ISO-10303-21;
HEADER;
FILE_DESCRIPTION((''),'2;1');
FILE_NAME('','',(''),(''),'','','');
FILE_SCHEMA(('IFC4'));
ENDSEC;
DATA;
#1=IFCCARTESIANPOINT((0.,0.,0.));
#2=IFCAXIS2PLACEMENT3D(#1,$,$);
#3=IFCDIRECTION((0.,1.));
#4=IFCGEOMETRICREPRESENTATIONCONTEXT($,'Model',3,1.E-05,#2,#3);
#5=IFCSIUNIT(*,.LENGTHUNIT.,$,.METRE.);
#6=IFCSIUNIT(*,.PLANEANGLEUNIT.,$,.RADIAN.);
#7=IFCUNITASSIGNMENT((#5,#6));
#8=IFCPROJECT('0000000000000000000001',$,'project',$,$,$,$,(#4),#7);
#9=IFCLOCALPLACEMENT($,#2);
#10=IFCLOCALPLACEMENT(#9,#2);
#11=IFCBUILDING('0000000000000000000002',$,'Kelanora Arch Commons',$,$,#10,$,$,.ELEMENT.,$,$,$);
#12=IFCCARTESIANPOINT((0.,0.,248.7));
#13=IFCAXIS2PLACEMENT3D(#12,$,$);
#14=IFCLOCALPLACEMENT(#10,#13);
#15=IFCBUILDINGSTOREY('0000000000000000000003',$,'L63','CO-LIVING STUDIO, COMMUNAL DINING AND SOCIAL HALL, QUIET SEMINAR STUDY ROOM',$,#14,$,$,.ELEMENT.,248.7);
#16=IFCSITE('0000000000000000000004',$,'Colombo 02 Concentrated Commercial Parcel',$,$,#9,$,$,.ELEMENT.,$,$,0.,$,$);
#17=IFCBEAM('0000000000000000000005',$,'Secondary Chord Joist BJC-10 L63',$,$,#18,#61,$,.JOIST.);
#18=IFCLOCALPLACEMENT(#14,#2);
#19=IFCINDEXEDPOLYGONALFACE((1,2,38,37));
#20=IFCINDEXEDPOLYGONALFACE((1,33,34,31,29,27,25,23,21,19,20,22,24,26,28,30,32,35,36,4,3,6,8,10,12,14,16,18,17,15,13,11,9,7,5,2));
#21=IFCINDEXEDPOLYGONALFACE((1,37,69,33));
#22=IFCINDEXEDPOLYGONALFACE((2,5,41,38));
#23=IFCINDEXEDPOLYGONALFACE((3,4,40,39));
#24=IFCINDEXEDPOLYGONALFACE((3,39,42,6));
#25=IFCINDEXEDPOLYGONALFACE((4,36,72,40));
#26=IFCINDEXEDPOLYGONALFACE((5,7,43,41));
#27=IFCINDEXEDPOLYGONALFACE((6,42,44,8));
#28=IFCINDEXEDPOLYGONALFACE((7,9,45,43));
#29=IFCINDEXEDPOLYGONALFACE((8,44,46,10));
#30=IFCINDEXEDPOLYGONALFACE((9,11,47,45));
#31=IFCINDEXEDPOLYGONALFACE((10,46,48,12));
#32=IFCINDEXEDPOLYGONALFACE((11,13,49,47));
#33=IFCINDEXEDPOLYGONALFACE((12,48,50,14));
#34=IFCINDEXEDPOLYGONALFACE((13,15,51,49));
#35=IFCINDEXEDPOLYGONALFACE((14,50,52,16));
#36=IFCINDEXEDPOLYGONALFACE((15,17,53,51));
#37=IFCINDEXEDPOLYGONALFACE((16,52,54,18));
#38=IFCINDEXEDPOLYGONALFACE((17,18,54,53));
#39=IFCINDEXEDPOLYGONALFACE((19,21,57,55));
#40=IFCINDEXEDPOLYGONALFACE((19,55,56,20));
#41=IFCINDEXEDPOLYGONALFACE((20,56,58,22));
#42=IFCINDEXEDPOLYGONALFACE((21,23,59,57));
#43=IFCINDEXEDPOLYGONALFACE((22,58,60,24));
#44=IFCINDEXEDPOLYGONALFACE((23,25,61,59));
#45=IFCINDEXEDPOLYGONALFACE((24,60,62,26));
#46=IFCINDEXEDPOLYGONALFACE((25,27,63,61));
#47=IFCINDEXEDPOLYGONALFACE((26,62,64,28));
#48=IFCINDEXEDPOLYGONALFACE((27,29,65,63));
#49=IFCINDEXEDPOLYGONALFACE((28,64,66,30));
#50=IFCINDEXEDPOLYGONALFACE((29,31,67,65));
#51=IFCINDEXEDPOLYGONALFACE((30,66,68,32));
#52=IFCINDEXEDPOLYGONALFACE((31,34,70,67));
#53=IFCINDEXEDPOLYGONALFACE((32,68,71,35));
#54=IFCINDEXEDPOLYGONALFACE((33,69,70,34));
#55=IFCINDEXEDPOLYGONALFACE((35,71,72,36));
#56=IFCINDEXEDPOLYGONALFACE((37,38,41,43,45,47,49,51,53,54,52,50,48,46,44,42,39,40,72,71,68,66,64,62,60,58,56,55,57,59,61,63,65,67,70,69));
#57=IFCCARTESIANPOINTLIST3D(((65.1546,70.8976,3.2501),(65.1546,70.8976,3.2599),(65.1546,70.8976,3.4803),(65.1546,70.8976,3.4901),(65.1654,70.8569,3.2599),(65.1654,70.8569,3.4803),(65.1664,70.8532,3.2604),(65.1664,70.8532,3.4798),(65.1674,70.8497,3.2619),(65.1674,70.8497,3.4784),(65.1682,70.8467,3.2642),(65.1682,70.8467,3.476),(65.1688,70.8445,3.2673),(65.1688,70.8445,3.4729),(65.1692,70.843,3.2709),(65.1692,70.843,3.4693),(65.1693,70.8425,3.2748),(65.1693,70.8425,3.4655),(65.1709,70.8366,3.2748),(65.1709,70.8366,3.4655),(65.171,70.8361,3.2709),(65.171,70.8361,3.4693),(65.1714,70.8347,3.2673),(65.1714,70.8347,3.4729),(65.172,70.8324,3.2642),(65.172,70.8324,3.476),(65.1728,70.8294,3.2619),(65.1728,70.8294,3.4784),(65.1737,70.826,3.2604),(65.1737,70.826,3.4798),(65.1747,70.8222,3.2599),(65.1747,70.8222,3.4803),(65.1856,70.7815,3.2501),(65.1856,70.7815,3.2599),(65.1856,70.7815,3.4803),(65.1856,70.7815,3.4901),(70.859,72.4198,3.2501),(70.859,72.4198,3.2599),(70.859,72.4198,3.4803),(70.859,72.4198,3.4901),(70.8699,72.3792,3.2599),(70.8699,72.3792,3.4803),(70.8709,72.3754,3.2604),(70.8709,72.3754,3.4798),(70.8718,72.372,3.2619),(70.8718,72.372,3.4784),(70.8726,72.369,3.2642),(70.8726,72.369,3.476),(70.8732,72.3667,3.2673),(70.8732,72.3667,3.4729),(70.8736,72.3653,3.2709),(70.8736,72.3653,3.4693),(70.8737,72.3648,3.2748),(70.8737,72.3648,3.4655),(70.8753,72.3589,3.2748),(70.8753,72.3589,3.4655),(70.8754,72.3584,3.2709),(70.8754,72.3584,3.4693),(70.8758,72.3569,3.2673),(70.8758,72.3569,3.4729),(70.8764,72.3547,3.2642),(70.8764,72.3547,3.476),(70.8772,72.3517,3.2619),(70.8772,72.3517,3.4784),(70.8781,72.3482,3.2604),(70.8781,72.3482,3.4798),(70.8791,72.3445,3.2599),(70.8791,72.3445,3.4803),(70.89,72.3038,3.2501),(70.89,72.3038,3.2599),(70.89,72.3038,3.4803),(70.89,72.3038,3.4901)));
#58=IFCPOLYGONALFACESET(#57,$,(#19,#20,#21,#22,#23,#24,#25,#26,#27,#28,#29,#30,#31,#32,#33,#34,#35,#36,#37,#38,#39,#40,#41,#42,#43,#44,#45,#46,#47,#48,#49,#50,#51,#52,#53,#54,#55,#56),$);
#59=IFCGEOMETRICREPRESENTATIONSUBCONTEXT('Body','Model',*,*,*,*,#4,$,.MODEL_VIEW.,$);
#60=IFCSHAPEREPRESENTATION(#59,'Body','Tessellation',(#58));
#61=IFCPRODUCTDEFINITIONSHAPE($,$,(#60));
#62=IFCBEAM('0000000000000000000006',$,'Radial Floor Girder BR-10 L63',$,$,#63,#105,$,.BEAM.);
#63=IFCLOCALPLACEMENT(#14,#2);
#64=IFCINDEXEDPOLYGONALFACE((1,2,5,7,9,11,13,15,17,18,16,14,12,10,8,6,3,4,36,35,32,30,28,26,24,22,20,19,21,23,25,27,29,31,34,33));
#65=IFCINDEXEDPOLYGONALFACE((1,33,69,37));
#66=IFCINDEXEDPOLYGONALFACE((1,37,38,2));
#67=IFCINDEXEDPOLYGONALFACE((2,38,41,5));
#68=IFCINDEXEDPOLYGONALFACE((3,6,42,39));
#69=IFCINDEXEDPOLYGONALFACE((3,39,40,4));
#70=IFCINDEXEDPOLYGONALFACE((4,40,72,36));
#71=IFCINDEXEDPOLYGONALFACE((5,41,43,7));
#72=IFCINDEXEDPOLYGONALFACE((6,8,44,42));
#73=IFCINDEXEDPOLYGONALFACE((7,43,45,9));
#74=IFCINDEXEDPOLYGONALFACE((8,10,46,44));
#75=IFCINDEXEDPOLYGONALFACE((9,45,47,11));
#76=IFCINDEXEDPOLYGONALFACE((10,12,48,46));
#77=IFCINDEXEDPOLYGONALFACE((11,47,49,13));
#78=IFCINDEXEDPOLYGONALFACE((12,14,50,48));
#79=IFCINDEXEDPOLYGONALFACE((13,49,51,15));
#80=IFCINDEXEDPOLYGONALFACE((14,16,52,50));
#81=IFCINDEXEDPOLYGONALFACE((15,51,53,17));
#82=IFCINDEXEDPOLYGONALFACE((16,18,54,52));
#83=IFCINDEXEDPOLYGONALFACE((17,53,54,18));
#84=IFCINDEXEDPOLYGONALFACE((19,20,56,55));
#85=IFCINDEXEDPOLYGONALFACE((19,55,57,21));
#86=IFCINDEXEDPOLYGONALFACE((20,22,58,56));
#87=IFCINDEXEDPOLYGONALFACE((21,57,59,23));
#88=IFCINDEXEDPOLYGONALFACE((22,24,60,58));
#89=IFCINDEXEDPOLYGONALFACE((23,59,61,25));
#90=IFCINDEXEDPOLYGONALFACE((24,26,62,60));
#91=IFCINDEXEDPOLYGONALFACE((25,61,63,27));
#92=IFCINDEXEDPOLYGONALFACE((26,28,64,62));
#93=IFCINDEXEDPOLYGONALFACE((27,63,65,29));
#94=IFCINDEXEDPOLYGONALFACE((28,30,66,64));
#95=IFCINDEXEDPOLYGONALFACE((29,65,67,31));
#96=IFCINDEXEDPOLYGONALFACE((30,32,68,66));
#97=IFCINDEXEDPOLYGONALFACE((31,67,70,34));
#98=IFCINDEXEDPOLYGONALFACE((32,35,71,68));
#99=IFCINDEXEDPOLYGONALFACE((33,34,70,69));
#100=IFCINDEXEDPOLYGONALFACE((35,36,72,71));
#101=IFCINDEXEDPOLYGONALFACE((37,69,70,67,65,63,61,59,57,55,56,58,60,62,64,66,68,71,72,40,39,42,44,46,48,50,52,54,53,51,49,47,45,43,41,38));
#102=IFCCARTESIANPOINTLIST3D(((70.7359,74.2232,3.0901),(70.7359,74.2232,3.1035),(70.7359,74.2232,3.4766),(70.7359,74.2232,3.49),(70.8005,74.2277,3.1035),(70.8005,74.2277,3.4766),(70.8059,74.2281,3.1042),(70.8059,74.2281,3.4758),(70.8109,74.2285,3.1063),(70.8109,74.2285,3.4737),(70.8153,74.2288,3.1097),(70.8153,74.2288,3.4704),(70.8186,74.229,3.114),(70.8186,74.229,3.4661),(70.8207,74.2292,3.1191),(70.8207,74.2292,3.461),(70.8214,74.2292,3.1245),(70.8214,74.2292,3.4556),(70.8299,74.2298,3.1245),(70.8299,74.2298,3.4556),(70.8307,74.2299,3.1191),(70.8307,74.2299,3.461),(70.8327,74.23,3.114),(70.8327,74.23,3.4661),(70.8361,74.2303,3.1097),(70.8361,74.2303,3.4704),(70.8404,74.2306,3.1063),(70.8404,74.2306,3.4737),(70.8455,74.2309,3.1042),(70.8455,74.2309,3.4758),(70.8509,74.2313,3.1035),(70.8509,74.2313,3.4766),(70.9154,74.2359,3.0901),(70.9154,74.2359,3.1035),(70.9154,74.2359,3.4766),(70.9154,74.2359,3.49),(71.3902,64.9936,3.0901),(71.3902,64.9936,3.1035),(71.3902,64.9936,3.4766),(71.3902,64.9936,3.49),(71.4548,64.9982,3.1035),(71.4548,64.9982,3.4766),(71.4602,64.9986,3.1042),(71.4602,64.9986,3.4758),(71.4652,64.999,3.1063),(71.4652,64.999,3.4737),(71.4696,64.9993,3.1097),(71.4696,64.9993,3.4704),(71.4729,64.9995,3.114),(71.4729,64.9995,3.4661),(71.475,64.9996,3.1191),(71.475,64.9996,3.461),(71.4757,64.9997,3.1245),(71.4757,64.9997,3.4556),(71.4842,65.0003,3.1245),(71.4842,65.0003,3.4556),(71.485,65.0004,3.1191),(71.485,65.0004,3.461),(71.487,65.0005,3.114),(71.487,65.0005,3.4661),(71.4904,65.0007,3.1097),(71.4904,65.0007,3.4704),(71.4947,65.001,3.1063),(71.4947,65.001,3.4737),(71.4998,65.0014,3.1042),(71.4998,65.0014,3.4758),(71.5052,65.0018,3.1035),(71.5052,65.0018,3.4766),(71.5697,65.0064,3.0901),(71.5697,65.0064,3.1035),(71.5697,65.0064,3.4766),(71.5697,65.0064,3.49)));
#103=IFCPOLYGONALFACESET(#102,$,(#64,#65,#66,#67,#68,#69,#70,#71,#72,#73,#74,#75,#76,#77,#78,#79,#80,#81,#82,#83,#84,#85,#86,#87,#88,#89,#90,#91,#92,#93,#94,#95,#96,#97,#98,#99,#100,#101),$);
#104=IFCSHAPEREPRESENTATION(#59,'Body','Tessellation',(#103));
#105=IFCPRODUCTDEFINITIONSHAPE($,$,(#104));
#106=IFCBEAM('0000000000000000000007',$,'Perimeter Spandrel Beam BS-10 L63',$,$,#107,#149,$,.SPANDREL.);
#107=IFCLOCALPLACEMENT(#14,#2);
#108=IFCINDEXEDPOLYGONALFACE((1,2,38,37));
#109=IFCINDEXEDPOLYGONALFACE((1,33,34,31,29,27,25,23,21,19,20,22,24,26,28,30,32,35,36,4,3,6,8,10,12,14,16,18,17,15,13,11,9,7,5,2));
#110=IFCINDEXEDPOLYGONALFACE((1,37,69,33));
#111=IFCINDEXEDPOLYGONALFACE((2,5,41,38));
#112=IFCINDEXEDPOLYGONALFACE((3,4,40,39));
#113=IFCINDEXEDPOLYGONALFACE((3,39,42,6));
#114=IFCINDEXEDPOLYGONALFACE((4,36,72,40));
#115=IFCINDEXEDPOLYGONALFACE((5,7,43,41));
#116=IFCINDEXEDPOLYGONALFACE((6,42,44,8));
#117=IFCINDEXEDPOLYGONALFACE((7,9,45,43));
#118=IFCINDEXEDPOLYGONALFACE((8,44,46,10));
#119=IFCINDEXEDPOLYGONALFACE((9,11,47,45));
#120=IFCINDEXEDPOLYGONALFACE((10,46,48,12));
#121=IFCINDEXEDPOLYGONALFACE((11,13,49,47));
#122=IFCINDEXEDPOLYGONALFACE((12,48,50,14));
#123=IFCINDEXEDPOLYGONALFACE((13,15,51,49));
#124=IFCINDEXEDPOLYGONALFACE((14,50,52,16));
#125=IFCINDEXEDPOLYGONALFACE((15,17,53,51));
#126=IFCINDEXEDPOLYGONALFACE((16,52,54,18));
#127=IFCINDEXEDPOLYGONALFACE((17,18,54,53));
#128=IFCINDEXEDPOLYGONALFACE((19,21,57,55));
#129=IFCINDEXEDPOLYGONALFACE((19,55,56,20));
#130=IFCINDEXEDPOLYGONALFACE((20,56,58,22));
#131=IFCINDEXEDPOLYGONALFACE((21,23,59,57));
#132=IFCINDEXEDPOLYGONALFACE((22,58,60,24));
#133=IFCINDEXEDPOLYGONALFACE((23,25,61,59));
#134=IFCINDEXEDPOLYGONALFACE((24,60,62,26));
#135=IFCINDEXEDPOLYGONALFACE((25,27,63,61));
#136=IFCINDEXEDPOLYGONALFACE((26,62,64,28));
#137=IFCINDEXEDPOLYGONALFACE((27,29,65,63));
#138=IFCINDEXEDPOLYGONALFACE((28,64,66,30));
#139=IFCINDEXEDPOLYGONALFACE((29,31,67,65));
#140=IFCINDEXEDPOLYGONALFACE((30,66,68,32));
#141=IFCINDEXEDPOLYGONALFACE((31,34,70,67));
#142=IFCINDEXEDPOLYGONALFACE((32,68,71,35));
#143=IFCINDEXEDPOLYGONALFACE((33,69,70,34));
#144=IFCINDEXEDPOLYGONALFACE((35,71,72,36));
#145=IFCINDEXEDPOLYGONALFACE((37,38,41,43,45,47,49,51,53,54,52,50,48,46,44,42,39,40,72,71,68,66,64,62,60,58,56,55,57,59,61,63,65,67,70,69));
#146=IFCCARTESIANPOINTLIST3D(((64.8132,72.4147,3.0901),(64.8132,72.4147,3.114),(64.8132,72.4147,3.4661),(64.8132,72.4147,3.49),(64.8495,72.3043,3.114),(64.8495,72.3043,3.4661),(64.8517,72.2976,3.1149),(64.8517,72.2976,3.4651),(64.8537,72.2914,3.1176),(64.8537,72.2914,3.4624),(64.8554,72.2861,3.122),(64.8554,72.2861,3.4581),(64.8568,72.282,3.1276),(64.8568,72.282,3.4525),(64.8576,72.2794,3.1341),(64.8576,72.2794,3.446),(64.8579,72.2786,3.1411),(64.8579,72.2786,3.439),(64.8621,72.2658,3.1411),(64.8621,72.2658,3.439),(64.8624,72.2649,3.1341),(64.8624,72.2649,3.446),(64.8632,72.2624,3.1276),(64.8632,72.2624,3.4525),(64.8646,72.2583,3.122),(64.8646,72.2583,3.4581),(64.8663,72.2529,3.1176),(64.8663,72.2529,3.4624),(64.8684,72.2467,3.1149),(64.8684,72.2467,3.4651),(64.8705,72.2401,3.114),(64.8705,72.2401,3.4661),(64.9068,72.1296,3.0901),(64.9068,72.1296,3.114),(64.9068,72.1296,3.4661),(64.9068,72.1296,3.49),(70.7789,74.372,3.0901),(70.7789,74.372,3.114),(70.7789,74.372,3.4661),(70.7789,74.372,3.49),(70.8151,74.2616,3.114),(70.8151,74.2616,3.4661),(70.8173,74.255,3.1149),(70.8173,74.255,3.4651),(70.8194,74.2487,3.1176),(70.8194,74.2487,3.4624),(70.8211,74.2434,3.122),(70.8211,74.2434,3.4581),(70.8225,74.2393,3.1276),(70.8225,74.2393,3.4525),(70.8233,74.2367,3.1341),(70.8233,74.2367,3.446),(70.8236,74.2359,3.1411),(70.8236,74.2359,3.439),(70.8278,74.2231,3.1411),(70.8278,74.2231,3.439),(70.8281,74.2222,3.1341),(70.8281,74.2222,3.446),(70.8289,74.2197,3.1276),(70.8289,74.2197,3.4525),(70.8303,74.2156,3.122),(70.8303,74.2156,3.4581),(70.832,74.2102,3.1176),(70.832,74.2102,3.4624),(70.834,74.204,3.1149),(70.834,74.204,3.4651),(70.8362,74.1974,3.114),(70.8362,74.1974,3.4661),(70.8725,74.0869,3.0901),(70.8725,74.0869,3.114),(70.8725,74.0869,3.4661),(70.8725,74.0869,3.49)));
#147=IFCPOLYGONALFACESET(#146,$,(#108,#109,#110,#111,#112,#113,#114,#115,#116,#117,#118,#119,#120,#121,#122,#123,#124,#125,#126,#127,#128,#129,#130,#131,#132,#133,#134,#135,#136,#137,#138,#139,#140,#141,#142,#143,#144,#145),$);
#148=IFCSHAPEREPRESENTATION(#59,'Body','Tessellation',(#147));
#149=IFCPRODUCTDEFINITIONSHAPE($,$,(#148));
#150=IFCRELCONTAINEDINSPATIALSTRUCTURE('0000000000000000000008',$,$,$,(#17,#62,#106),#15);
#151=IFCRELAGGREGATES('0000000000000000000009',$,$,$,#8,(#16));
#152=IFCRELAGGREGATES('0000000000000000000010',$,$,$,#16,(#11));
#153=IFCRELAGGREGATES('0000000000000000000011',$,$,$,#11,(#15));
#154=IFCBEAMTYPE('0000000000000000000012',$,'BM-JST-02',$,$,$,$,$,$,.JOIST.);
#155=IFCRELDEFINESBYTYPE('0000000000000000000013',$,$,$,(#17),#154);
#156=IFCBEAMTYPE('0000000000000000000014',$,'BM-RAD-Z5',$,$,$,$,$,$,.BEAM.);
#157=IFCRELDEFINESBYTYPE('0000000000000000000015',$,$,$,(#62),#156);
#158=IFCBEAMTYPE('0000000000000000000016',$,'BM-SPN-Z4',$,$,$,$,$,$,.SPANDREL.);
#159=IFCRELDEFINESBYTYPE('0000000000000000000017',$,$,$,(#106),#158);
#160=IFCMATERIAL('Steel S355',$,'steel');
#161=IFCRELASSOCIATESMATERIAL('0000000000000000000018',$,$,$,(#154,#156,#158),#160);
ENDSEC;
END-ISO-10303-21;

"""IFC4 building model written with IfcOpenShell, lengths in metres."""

from ifc_helpers import new_model, si_unit, direction, frame, origin, origin_2d, place, context, subcontext, project, spatial, i_section, extrude, material, material_profile, profile_set, type_object, element, save


model = new_model("IFC4")

# Units and contexts
model_context = context("Model", 3, precision=1e-05, world=origin(), true_north=direction((0.0, 1.0)))
body_context = subcontext(model_context, "Body", "Model", "MODEL_VIEW")
ifc_project = project(units=[si_unit("LENGTHUNIT", "METRE"), si_unit("PLANEANGLEUNIT", "RADIAN")], contexts=[model_context])

# Site, building, storey
site_placement = place(None, origin())
site = spatial("IfcSite", under=ifc_project, at=site_placement, Name="Colombo 02 Concentrated Commercial Parcel", CompositionType="ELEMENT", RefElevation=0.0)
building_placement = place(site_placement, origin())
building = spatial("IfcBuilding", under=site, at=building_placement, Name="Kelanora Arch Commons", CompositionType="ELEMENT")
storey_placement = place(building_placement, frame((0.0, 0.0, 248.7)))
storey = spatial("IfcBuildingStorey", under=building, at=storey_placement, Name="L63", Description="CO-LIVING STUDIO, COMMUNAL DINING AND SOCIAL HALL, QUIET SEMINAR STUDY ROOM", CompositionType="ELEMENT", Elevation=248.7)

# Beams
ifc_material_1 = material(Name="Steel S355", Category="steel")
ifc_material_profile_1 = material_profile(ifc_material_1, i_section(OverallWidth=0.1201, OverallDepth=0.24, WebThickness=0.0061, FlangeThickness=0.0098, FilletRadius=0.0149, at=origin_2d()), Name="IPE240")
ifc_profile_set_1 = profile_set([ifc_material_profile_1], Name="Steel S355")
beam_type_1 = type_object("IfcBeamType", Name="BM-JST-02", PredefinedType="JOIST", material=ifc_profile_set_1)
beam_1_placement = place(storey_placement, frame((70.8745, 72.3618, 3.3701), z_axis=(-0.96619, -0.25783, 0.0), x_axis=(0.25783, -0.96619, 0.0)))
element("IfcBeam", 1, at=beam_1_placement, inside=storey, type_object=beam_type_1, Name="Secondary Chord Joist BJC-10 L63", PredefinedType="JOIST", context=body_context, shape_type="SweptSolid", body=[
    extrude(i_section(OverallWidth=0.1201, OverallDepth=0.24, WebThickness=0.0061, FlangeThickness=0.0098, FilletRadius=0.0149, at=origin_2d()), origin(), (0.0, 0.0, 1.0), 5.9041),
])
ifc_material_profile_2 = material_profile(ifc_material_1, i_section(OverallWidth=0.1799, OverallDepth=0.3999, WebThickness=0.0085, FlangeThickness=0.0134, FilletRadius=0.021, at=origin_2d()), Name="IPE400")
ifc_profile_set_2 = profile_set([ifc_material_profile_2], Name="Steel S355")
beam_type_2 = type_object("IfcBeamType", Name="BM-RAD-Z5", PredefinedType="BEAM", material=ifc_profile_set_2)
beam_2_placement = place(storey_placement, frame((71.48, 65.0, 3.29), z_axis=(-0.070714, 0.997497, 0.0), x_axis=(-0.997497, -0.070714, 0.0)))
element("IfcBeam", 2, at=beam_2_placement, inside=storey, type_object=beam_type_2, Name="Radial Floor Girder BR-10 L63", PredefinedType="BEAM", context=body_context, shape_type="SweptSolid", body=[
    extrude(i_section(OverallWidth=0.1799, OverallDepth=0.3999, WebThickness=0.0085, FlangeThickness=0.0134, FilletRadius=0.021, at=origin_2d()), origin(), (0.0, 0.0, 1.0), 9.2527),
])
ifc_material_profile_3 = material_profile(ifc_material_1, i_section(OverallWidth=0.3, OverallDepth=0.3999, WebThickness=0.0134, FlangeThickness=0.0239, FilletRadius=0.0271, at=origin_2d()), Name="HEB400")
ifc_profile_set_3 = profile_set([ifc_material_profile_3], Name="Steel S355")
beam_type_3 = type_object("IfcBeamType", Name="BM-SPN-Z4", PredefinedType="SPANDREL", material=ifc_profile_set_3)
beam_3_placement = place(storey_placement, frame((70.8257, 74.2295, 3.29), z_axis=(-0.950166, -0.311745, 0.0), x_axis=(0.311745, -0.950166, 0.0)))
element("IfcBeam", 3, at=beam_3_placement, inside=storey, type_object=beam_type_3, Name="Perimeter Spandrel Beam BS-10 L63", PredefinedType="SPANDREL", context=body_context, shape_type="SweptSolid", body=[
    extrude(i_section(OverallWidth=0.3, OverallDepth=0.3999, WebThickness=0.0134, FlangeThickness=0.0239, FilletRadius=0.0271, at=origin_2d()), origin(), (0.0, 0.0, 1.0), 6.2786),
])

save(model, "model.ifc")
